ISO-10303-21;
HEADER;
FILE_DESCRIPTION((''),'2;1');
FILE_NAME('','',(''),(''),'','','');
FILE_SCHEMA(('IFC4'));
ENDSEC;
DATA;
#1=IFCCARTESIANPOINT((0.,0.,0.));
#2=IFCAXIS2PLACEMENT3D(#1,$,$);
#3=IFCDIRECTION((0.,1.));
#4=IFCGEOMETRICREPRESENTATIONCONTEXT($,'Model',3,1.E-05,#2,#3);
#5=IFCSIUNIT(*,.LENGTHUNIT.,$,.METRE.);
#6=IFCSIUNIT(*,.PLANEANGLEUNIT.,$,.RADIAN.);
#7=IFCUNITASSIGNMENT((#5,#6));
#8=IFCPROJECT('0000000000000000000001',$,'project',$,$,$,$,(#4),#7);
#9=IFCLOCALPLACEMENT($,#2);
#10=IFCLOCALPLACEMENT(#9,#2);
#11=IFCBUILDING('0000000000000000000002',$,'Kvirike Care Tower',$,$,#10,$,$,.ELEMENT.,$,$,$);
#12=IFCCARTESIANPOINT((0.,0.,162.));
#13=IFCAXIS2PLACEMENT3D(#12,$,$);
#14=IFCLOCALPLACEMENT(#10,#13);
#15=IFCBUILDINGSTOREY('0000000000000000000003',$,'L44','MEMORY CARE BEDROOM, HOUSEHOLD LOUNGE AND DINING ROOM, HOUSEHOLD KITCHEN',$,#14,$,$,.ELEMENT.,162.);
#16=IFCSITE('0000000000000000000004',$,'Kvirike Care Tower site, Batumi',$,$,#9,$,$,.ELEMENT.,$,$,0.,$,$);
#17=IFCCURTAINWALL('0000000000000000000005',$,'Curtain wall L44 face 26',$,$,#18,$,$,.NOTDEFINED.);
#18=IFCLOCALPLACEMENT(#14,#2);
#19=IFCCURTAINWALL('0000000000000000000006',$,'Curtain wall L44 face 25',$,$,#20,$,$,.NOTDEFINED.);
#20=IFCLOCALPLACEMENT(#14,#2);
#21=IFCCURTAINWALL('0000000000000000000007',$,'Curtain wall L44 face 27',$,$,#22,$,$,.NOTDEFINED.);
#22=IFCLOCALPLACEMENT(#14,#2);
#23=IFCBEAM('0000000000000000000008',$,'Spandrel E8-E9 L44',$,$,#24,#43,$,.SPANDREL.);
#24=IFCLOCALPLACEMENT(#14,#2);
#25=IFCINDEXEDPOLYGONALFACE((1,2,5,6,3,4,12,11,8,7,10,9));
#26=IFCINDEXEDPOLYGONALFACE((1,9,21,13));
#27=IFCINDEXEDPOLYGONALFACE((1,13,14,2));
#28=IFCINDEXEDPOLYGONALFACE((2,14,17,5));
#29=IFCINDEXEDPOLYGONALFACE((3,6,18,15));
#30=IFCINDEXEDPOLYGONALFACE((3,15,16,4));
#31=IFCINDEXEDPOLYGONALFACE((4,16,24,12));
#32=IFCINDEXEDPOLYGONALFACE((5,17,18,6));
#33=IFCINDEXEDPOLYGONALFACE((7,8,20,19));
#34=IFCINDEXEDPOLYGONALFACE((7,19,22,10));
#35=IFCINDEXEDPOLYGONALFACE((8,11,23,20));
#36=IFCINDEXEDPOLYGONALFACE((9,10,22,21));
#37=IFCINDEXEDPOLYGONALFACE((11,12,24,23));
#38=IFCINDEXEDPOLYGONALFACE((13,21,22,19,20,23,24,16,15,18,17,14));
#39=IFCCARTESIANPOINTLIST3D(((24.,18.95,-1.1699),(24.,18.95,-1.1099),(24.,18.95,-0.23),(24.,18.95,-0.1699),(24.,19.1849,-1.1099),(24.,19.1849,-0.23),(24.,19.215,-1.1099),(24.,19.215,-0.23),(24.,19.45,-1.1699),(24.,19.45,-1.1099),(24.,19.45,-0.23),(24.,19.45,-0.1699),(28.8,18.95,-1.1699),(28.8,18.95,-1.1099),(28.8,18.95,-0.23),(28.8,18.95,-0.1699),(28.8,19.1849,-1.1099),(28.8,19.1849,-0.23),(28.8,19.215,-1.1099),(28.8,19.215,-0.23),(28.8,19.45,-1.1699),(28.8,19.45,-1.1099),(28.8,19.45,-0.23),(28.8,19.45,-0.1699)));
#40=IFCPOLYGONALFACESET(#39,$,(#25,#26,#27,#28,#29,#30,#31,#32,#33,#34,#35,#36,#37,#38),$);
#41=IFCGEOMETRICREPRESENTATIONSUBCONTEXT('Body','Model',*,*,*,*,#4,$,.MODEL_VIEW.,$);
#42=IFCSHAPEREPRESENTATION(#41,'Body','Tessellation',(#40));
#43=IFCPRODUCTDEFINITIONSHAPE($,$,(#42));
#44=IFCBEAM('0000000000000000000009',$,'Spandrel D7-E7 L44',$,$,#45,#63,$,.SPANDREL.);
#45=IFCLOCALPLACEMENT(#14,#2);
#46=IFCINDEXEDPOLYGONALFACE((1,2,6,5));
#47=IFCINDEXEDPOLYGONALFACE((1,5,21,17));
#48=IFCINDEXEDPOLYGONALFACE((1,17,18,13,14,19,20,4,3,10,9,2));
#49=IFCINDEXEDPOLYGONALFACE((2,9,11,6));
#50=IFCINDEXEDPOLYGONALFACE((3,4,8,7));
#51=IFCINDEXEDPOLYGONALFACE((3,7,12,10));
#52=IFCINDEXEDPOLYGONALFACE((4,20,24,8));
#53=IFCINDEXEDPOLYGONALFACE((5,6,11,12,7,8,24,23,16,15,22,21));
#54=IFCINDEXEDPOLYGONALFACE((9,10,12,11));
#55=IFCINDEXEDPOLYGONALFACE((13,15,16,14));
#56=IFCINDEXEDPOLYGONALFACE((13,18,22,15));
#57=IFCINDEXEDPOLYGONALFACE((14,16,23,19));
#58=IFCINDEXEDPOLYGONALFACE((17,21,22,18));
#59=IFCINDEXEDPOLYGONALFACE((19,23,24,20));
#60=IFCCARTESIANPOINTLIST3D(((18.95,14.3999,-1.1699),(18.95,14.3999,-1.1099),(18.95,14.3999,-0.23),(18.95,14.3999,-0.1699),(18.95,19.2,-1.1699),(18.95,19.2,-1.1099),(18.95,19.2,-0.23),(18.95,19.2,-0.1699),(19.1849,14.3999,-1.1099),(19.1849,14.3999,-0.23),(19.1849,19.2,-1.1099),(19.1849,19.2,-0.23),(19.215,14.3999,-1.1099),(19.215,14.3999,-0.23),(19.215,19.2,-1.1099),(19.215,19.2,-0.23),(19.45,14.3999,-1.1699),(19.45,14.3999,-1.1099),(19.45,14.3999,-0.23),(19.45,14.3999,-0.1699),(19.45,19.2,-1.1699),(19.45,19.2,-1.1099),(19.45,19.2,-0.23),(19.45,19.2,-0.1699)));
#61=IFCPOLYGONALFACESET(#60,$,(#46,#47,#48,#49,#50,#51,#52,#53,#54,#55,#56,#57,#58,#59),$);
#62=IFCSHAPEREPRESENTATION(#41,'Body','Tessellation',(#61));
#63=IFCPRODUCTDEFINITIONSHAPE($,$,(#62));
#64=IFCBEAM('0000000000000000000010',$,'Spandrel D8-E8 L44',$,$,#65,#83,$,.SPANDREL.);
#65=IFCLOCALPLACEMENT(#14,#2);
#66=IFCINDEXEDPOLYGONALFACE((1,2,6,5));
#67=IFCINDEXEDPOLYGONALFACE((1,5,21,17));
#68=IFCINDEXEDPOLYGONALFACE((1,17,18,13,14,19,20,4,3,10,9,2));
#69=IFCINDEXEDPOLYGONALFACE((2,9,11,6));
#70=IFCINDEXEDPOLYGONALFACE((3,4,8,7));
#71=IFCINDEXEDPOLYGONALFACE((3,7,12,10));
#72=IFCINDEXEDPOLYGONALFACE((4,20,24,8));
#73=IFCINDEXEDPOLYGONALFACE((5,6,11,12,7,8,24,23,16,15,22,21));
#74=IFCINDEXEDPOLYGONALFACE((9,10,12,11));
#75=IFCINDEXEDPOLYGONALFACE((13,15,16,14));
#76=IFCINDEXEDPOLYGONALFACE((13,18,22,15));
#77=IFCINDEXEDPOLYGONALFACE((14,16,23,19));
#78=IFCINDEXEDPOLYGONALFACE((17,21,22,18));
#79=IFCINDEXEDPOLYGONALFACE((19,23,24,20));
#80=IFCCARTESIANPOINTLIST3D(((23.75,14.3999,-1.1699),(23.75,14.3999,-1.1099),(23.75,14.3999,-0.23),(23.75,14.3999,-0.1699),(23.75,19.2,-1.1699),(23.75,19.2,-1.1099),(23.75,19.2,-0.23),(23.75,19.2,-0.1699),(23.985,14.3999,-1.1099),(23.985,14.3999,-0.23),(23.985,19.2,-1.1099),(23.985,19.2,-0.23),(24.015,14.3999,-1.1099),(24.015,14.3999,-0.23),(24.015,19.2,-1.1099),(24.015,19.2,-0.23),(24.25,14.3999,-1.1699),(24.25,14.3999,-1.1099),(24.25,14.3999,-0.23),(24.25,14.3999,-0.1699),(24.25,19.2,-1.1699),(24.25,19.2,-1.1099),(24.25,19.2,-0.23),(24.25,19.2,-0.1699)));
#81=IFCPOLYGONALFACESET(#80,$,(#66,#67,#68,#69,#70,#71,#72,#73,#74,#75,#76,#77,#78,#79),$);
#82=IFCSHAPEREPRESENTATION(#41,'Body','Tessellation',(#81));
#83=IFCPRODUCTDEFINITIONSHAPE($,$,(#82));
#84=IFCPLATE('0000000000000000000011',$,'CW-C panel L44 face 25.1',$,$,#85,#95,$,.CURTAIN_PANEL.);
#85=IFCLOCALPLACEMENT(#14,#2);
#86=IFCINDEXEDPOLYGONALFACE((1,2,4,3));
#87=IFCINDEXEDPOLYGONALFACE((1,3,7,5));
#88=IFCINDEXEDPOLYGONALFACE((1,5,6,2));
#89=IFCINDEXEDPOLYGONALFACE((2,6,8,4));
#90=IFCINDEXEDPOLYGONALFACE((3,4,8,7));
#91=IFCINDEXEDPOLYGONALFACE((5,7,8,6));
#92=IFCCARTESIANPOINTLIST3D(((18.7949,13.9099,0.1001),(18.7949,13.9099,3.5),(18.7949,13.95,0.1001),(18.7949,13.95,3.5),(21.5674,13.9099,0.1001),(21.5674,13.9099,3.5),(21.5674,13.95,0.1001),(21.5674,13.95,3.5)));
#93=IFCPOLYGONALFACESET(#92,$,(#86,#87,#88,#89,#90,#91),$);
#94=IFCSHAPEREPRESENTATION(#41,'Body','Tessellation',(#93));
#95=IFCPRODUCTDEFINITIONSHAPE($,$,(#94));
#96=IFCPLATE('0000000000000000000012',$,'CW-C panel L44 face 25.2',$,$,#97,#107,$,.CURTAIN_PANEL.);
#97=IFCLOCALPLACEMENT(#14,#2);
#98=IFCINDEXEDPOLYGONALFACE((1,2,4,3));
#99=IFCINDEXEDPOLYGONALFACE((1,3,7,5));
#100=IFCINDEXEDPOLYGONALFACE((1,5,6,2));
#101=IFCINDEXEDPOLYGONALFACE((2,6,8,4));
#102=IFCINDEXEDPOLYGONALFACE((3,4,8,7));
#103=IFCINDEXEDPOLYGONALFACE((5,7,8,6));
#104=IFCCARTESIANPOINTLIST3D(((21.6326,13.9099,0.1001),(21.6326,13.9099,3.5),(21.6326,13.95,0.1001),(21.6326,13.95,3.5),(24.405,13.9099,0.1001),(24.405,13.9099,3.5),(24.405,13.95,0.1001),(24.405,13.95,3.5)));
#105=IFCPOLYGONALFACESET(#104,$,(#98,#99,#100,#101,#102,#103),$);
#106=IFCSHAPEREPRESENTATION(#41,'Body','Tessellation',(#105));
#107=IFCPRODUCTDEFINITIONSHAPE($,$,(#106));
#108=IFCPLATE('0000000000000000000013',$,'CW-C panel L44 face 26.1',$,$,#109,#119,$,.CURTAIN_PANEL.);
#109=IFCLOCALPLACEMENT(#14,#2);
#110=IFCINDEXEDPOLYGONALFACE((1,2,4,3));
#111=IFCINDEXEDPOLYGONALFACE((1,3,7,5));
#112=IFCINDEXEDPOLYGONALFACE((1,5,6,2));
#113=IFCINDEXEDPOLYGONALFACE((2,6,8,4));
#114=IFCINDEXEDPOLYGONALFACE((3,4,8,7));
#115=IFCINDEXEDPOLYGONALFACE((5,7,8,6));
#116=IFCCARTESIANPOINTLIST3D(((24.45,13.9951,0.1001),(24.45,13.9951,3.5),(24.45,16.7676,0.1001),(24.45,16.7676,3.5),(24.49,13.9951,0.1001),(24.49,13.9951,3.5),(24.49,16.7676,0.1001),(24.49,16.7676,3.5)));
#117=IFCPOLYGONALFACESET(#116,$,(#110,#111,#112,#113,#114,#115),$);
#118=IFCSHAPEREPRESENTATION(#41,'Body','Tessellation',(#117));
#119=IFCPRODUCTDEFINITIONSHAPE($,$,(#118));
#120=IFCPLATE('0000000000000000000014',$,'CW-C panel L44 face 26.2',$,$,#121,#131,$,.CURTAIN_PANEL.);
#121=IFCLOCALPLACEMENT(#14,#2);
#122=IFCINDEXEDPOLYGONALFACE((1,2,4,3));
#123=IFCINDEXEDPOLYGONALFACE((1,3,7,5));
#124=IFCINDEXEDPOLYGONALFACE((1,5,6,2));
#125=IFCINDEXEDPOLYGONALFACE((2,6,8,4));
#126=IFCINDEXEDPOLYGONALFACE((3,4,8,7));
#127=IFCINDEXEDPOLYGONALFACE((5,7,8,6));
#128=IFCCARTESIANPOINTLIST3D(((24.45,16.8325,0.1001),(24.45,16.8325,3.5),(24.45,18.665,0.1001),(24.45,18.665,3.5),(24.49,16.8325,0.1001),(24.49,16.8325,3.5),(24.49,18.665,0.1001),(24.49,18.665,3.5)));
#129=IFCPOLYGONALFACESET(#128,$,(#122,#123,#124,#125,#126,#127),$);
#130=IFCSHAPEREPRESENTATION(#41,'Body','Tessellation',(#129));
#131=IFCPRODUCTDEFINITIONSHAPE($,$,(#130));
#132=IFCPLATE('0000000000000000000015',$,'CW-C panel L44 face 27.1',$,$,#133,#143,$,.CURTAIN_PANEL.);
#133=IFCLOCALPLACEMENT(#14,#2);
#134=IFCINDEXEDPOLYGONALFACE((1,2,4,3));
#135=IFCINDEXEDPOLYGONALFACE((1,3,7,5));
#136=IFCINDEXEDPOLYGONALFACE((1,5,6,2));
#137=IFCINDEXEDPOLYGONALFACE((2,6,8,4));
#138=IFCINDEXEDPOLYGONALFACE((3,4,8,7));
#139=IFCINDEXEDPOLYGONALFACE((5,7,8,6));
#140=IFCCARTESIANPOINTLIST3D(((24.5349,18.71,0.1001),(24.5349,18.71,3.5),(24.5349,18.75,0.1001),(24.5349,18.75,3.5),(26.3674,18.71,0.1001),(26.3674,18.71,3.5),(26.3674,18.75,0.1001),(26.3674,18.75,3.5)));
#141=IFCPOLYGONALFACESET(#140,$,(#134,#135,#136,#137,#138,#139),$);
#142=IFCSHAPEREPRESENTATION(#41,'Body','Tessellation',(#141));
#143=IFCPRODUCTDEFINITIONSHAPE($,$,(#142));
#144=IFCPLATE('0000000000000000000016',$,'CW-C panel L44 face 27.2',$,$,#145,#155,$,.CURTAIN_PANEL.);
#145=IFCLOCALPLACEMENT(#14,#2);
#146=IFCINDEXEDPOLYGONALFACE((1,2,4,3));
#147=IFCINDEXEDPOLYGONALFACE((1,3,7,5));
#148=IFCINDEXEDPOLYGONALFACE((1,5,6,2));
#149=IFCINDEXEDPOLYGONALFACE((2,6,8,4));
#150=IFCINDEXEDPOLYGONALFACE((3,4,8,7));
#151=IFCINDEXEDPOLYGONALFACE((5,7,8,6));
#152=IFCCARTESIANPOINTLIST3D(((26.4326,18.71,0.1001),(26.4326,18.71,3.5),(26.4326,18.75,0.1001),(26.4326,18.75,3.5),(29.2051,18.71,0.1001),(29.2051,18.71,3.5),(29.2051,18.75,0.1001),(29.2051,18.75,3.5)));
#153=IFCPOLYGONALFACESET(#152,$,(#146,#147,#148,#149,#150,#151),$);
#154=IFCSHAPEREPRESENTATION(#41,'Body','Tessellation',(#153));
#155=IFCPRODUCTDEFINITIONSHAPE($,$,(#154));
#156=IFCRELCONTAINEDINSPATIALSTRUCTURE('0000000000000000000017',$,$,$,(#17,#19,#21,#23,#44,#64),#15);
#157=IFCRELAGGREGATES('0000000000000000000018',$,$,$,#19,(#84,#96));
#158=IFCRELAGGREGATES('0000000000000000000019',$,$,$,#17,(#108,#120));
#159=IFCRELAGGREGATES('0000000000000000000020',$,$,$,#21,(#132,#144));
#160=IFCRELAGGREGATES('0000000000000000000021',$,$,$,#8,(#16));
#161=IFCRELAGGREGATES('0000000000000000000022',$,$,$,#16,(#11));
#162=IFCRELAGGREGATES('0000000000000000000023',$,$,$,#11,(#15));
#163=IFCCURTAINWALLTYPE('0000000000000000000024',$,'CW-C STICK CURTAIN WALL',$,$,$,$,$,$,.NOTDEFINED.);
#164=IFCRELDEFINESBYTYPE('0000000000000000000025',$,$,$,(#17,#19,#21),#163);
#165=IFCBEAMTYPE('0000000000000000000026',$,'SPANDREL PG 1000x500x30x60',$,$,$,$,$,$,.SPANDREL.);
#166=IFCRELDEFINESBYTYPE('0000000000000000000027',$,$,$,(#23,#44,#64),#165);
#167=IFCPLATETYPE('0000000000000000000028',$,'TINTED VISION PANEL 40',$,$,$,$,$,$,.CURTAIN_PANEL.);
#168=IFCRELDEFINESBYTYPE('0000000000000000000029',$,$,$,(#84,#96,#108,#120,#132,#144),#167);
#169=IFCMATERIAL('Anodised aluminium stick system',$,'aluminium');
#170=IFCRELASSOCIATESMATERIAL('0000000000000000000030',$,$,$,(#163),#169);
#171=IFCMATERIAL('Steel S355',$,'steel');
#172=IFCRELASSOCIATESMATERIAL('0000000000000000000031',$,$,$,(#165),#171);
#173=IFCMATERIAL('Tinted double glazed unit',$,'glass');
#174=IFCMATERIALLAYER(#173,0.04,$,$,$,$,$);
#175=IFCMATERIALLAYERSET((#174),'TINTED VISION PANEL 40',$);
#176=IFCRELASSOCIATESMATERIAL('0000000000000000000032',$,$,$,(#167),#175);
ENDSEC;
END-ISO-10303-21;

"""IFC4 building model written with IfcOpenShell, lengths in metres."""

from ifc_helpers import new_model, si_unit, direction, frame, origin, origin_2d, place, context, subcontext, project, spatial, rectangle, i_section, extrude, material, layer, layer_set, material_profile, profile_set, type_object, element, aggregate, save


model = new_model("IFC4")

# Units and contexts
model_context = context("Model", 3, precision=1e-05, world=origin(), true_north=direction((0.0, 1.0)))
body_context = subcontext(model_context, "Body", "Model", "MODEL_VIEW")
ifc_project = project(units=[si_unit("LENGTHUNIT", "METRE"), si_unit("PLANEANGLEUNIT", "RADIAN")], contexts=[model_context])

# Site, building, storey
site_placement = place(None, origin())
site = spatial("IfcSite", under=ifc_project, at=site_placement, Name="Kvirike Care Tower site, Batumi", CompositionType="ELEMENT", RefElevation=0.0)
building_placement = place(site_placement, origin())
building = spatial("IfcBuilding", under=site, at=building_placement, Name="Kvirike Care Tower", CompositionType="ELEMENT")
storey_placement = place(building_placement, frame((0.0, 0.0, 162.0)))
storey = spatial("IfcBuildingStorey", under=building, at=storey_placement, Name="L44", Description="MEMORY CARE BEDROOM, HOUSEHOLD LOUNGE AND DINING ROOM, HOUSEHOLD KITCHEN", CompositionType="ELEMENT", Elevation=162.0)

# Curtain wall
ifc_material_1 = material(Name="Anodised aluminium stick system", Category="aluminium")
curtain_wall_type = type_object("IfcCurtainWallType", Name="CW-C STICK CURTAIN WALL", PredefinedType="NOTDEFINED", material=ifc_material_1)
curtain_wall_1_placement = place(storey_placement, origin())
curtain_wall_1 = element("IfcCurtainWall", 1, at=curtain_wall_1_placement, inside=storey, type_object=curtain_wall_type, Name="Curtain wall L44 face 26", PredefinedType="NOTDEFINED")

# Curtain wall
curtain_wall_2_placement = place(storey_placement, origin())
curtain_wall_2 = element("IfcCurtainWall", 2, at=curtain_wall_2_placement, inside=storey, type_object=curtain_wall_type, Name="Curtain wall L44 face 25", PredefinedType="NOTDEFINED")

# Curtain wall
curtain_wall_3_placement = place(storey_placement, origin())
curtain_wall_3 = element("IfcCurtainWall", 3, at=curtain_wall_3_placement, inside=storey, type_object=curtain_wall_type, Name="Curtain wall L44 face 27", PredefinedType="NOTDEFINED")

# Beams
ifc_material_2 = material(Name="Steel S355", Category="steel")
ifc_material_profile_1 = material_profile(ifc_material_2, i_section(OverallWidth=0.5, OverallDepth=1.0, WebThickness=0.03, FlangeThickness=0.0601, at=origin_2d()), Name="PG 1000x500x30x60")
ifc_profile_set_1 = profile_set([ifc_material_profile_1], Name="Steel S355")
beam_type_1 = type_object("IfcBeamType", Name="SPANDREL PG 1000x500x30x60", PredefinedType="SPANDREL", material=ifc_profile_set_1)
for number, where, z_axis, x_axis, name in (
    (4, (24.0, 19.2, -0.6699), (1.0, 0.0, 0.0), (0.0, 1.0, 0.0), "Spandrel E8-E9 L44"),
    (5, (19.2, 14.3999, -0.6699), (0.0, 1.0, 0.0), (-1.0, 0.0, 0.0), "Spandrel D7-E7 L44"),
    (6, (24.0, 14.3999, -0.6699), (0.0, 1.0, 0.0), (-1.0, 0.0, 0.0), "Spandrel D8-E8 L44"),
):
    element("IfcBeam", number, at=place(storey_placement, frame(where, z_axis=z_axis, x_axis=x_axis)), inside=storey, type_object=beam_type_1, Name=name, PredefinedType="SPANDREL", context=body_context, shape_type="SweptSolid", body=[
        extrude(i_section(OverallWidth=0.5, OverallDepth=1.0, WebThickness=0.03, FlangeThickness=0.0601, at=origin_2d()), origin(), (0.0, 0.0, 1.0), 4.8),
    ])

# Plates
ifc_material_3 = material(Name="Tinted double glazed unit", Category="glass")
ifc_layer = layer(ifc_material_3, 0.04)
ifc_layer_set = layer_set([ifc_layer], Name="TINTED VISION PANEL 40")
plate_type = type_object("IfcPlateType", Name="TINTED VISION PANEL 40", PredefinedType="CURTAIN_PANEL", material=ifc_layer_set)
plate_1_placement = place(storey_placement, frame((20.1812, 13.9299, 0.1001), z_axis=(0.0, 0.0, 1.0), x_axis=(1.0, 0.0, 0.0)))
plate_1 = element("IfcPlate", 7, at=plate_1_placement, type_object=plate_type, Name="CW-C panel L44 face 25.1", PredefinedType="CURTAIN_PANEL", context=body_context, shape_type="SweptSolid", body=[
    extrude(rectangle(XDim=2.7725, YDim=0.04, at=origin_2d()), origin(), (0.0, 0.0, 1.0), 3.3999),
])
plate_2_placement = place(storey_placement, frame((23.0188, 13.9299, 0.1001), z_axis=(0.0, 0.0, 1.0), x_axis=(1.0, 0.0, 0.0)))
plate_2 = element("IfcPlate", 8, at=plate_2_placement, type_object=plate_type, Name="CW-C panel L44 face 25.2", PredefinedType="CURTAIN_PANEL", context=body_context, shape_type="SweptSolid", body=[
    extrude(rectangle(XDim=2.7725, YDim=0.04, at=origin_2d()), origin(), (0.0, 0.0, 1.0), 3.3999),
])
aggregate(curtain_wall_2, [plate_1, plate_2])
plate_3_placement = place(storey_placement, frame((24.47, 15.3813, 0.1001), z_axis=(0.0, 0.0, 1.0), x_axis=(0.0, 1.0, 0.0)))
plate_3 = element("IfcPlate", 9, at=plate_3_placement, type_object=plate_type, Name="CW-C panel L44 face 26.1", PredefinedType="CURTAIN_PANEL", context=body_context, shape_type="SweptSolid", body=[
    extrude(rectangle(XDim=2.7725, YDim=0.04, at=origin_2d()), origin(), (0.0, 0.0, 1.0), 3.3999),
])
plate_4_placement = place(storey_placement, frame((24.47, 17.7488, 0.1001), z_axis=(0.0, 0.0, 1.0), x_axis=(0.0, 1.0, 0.0)))
plate_4 = element("IfcPlate", 10, at=plate_4_placement, type_object=plate_type, Name="CW-C panel L44 face 26.2", PredefinedType="CURTAIN_PANEL", context=body_context, shape_type="SweptSolid", body=[
    extrude(rectangle(XDim=1.8325, YDim=0.04, at=origin_2d()), origin(), (0.0, 0.0, 1.0), 3.3999),
])
aggregate(curtain_wall_1, [plate_3, plate_4])
plate_5_placement = place(storey_placement, frame((25.4512, 18.73, 0.1001), z_axis=(0.0, 0.0, 1.0), x_axis=(1.0, 0.0, 0.0)))
plate_5 = element("IfcPlate", 11, at=plate_5_placement, type_object=plate_type, Name="CW-C panel L44 face 27.1", PredefinedType="CURTAIN_PANEL", context=body_context, shape_type="SweptSolid", body=[
    extrude(rectangle(XDim=1.8325, YDim=0.04, at=origin_2d()), origin(), (0.0, 0.0, 1.0), 3.3999),
])
plate_6_placement = place(storey_placement, frame((27.8188, 18.73, 0.1001), z_axis=(0.0, 0.0, 1.0), x_axis=(1.0, 0.0, 0.0)))
plate_6 = element("IfcPlate", 12, at=plate_6_placement, type_object=plate_type, Name="CW-C panel L44 face 27.2", PredefinedType="CURTAIN_PANEL", context=body_context, shape_type="SweptSolid", body=[
    extrude(rectangle(XDim=2.7725, YDim=0.04, at=origin_2d()), origin(), (0.0, 0.0, 1.0), 3.3999),
])
aggregate(curtain_wall_3, [plate_5, plate_6])

save(model, "model.ifc")
